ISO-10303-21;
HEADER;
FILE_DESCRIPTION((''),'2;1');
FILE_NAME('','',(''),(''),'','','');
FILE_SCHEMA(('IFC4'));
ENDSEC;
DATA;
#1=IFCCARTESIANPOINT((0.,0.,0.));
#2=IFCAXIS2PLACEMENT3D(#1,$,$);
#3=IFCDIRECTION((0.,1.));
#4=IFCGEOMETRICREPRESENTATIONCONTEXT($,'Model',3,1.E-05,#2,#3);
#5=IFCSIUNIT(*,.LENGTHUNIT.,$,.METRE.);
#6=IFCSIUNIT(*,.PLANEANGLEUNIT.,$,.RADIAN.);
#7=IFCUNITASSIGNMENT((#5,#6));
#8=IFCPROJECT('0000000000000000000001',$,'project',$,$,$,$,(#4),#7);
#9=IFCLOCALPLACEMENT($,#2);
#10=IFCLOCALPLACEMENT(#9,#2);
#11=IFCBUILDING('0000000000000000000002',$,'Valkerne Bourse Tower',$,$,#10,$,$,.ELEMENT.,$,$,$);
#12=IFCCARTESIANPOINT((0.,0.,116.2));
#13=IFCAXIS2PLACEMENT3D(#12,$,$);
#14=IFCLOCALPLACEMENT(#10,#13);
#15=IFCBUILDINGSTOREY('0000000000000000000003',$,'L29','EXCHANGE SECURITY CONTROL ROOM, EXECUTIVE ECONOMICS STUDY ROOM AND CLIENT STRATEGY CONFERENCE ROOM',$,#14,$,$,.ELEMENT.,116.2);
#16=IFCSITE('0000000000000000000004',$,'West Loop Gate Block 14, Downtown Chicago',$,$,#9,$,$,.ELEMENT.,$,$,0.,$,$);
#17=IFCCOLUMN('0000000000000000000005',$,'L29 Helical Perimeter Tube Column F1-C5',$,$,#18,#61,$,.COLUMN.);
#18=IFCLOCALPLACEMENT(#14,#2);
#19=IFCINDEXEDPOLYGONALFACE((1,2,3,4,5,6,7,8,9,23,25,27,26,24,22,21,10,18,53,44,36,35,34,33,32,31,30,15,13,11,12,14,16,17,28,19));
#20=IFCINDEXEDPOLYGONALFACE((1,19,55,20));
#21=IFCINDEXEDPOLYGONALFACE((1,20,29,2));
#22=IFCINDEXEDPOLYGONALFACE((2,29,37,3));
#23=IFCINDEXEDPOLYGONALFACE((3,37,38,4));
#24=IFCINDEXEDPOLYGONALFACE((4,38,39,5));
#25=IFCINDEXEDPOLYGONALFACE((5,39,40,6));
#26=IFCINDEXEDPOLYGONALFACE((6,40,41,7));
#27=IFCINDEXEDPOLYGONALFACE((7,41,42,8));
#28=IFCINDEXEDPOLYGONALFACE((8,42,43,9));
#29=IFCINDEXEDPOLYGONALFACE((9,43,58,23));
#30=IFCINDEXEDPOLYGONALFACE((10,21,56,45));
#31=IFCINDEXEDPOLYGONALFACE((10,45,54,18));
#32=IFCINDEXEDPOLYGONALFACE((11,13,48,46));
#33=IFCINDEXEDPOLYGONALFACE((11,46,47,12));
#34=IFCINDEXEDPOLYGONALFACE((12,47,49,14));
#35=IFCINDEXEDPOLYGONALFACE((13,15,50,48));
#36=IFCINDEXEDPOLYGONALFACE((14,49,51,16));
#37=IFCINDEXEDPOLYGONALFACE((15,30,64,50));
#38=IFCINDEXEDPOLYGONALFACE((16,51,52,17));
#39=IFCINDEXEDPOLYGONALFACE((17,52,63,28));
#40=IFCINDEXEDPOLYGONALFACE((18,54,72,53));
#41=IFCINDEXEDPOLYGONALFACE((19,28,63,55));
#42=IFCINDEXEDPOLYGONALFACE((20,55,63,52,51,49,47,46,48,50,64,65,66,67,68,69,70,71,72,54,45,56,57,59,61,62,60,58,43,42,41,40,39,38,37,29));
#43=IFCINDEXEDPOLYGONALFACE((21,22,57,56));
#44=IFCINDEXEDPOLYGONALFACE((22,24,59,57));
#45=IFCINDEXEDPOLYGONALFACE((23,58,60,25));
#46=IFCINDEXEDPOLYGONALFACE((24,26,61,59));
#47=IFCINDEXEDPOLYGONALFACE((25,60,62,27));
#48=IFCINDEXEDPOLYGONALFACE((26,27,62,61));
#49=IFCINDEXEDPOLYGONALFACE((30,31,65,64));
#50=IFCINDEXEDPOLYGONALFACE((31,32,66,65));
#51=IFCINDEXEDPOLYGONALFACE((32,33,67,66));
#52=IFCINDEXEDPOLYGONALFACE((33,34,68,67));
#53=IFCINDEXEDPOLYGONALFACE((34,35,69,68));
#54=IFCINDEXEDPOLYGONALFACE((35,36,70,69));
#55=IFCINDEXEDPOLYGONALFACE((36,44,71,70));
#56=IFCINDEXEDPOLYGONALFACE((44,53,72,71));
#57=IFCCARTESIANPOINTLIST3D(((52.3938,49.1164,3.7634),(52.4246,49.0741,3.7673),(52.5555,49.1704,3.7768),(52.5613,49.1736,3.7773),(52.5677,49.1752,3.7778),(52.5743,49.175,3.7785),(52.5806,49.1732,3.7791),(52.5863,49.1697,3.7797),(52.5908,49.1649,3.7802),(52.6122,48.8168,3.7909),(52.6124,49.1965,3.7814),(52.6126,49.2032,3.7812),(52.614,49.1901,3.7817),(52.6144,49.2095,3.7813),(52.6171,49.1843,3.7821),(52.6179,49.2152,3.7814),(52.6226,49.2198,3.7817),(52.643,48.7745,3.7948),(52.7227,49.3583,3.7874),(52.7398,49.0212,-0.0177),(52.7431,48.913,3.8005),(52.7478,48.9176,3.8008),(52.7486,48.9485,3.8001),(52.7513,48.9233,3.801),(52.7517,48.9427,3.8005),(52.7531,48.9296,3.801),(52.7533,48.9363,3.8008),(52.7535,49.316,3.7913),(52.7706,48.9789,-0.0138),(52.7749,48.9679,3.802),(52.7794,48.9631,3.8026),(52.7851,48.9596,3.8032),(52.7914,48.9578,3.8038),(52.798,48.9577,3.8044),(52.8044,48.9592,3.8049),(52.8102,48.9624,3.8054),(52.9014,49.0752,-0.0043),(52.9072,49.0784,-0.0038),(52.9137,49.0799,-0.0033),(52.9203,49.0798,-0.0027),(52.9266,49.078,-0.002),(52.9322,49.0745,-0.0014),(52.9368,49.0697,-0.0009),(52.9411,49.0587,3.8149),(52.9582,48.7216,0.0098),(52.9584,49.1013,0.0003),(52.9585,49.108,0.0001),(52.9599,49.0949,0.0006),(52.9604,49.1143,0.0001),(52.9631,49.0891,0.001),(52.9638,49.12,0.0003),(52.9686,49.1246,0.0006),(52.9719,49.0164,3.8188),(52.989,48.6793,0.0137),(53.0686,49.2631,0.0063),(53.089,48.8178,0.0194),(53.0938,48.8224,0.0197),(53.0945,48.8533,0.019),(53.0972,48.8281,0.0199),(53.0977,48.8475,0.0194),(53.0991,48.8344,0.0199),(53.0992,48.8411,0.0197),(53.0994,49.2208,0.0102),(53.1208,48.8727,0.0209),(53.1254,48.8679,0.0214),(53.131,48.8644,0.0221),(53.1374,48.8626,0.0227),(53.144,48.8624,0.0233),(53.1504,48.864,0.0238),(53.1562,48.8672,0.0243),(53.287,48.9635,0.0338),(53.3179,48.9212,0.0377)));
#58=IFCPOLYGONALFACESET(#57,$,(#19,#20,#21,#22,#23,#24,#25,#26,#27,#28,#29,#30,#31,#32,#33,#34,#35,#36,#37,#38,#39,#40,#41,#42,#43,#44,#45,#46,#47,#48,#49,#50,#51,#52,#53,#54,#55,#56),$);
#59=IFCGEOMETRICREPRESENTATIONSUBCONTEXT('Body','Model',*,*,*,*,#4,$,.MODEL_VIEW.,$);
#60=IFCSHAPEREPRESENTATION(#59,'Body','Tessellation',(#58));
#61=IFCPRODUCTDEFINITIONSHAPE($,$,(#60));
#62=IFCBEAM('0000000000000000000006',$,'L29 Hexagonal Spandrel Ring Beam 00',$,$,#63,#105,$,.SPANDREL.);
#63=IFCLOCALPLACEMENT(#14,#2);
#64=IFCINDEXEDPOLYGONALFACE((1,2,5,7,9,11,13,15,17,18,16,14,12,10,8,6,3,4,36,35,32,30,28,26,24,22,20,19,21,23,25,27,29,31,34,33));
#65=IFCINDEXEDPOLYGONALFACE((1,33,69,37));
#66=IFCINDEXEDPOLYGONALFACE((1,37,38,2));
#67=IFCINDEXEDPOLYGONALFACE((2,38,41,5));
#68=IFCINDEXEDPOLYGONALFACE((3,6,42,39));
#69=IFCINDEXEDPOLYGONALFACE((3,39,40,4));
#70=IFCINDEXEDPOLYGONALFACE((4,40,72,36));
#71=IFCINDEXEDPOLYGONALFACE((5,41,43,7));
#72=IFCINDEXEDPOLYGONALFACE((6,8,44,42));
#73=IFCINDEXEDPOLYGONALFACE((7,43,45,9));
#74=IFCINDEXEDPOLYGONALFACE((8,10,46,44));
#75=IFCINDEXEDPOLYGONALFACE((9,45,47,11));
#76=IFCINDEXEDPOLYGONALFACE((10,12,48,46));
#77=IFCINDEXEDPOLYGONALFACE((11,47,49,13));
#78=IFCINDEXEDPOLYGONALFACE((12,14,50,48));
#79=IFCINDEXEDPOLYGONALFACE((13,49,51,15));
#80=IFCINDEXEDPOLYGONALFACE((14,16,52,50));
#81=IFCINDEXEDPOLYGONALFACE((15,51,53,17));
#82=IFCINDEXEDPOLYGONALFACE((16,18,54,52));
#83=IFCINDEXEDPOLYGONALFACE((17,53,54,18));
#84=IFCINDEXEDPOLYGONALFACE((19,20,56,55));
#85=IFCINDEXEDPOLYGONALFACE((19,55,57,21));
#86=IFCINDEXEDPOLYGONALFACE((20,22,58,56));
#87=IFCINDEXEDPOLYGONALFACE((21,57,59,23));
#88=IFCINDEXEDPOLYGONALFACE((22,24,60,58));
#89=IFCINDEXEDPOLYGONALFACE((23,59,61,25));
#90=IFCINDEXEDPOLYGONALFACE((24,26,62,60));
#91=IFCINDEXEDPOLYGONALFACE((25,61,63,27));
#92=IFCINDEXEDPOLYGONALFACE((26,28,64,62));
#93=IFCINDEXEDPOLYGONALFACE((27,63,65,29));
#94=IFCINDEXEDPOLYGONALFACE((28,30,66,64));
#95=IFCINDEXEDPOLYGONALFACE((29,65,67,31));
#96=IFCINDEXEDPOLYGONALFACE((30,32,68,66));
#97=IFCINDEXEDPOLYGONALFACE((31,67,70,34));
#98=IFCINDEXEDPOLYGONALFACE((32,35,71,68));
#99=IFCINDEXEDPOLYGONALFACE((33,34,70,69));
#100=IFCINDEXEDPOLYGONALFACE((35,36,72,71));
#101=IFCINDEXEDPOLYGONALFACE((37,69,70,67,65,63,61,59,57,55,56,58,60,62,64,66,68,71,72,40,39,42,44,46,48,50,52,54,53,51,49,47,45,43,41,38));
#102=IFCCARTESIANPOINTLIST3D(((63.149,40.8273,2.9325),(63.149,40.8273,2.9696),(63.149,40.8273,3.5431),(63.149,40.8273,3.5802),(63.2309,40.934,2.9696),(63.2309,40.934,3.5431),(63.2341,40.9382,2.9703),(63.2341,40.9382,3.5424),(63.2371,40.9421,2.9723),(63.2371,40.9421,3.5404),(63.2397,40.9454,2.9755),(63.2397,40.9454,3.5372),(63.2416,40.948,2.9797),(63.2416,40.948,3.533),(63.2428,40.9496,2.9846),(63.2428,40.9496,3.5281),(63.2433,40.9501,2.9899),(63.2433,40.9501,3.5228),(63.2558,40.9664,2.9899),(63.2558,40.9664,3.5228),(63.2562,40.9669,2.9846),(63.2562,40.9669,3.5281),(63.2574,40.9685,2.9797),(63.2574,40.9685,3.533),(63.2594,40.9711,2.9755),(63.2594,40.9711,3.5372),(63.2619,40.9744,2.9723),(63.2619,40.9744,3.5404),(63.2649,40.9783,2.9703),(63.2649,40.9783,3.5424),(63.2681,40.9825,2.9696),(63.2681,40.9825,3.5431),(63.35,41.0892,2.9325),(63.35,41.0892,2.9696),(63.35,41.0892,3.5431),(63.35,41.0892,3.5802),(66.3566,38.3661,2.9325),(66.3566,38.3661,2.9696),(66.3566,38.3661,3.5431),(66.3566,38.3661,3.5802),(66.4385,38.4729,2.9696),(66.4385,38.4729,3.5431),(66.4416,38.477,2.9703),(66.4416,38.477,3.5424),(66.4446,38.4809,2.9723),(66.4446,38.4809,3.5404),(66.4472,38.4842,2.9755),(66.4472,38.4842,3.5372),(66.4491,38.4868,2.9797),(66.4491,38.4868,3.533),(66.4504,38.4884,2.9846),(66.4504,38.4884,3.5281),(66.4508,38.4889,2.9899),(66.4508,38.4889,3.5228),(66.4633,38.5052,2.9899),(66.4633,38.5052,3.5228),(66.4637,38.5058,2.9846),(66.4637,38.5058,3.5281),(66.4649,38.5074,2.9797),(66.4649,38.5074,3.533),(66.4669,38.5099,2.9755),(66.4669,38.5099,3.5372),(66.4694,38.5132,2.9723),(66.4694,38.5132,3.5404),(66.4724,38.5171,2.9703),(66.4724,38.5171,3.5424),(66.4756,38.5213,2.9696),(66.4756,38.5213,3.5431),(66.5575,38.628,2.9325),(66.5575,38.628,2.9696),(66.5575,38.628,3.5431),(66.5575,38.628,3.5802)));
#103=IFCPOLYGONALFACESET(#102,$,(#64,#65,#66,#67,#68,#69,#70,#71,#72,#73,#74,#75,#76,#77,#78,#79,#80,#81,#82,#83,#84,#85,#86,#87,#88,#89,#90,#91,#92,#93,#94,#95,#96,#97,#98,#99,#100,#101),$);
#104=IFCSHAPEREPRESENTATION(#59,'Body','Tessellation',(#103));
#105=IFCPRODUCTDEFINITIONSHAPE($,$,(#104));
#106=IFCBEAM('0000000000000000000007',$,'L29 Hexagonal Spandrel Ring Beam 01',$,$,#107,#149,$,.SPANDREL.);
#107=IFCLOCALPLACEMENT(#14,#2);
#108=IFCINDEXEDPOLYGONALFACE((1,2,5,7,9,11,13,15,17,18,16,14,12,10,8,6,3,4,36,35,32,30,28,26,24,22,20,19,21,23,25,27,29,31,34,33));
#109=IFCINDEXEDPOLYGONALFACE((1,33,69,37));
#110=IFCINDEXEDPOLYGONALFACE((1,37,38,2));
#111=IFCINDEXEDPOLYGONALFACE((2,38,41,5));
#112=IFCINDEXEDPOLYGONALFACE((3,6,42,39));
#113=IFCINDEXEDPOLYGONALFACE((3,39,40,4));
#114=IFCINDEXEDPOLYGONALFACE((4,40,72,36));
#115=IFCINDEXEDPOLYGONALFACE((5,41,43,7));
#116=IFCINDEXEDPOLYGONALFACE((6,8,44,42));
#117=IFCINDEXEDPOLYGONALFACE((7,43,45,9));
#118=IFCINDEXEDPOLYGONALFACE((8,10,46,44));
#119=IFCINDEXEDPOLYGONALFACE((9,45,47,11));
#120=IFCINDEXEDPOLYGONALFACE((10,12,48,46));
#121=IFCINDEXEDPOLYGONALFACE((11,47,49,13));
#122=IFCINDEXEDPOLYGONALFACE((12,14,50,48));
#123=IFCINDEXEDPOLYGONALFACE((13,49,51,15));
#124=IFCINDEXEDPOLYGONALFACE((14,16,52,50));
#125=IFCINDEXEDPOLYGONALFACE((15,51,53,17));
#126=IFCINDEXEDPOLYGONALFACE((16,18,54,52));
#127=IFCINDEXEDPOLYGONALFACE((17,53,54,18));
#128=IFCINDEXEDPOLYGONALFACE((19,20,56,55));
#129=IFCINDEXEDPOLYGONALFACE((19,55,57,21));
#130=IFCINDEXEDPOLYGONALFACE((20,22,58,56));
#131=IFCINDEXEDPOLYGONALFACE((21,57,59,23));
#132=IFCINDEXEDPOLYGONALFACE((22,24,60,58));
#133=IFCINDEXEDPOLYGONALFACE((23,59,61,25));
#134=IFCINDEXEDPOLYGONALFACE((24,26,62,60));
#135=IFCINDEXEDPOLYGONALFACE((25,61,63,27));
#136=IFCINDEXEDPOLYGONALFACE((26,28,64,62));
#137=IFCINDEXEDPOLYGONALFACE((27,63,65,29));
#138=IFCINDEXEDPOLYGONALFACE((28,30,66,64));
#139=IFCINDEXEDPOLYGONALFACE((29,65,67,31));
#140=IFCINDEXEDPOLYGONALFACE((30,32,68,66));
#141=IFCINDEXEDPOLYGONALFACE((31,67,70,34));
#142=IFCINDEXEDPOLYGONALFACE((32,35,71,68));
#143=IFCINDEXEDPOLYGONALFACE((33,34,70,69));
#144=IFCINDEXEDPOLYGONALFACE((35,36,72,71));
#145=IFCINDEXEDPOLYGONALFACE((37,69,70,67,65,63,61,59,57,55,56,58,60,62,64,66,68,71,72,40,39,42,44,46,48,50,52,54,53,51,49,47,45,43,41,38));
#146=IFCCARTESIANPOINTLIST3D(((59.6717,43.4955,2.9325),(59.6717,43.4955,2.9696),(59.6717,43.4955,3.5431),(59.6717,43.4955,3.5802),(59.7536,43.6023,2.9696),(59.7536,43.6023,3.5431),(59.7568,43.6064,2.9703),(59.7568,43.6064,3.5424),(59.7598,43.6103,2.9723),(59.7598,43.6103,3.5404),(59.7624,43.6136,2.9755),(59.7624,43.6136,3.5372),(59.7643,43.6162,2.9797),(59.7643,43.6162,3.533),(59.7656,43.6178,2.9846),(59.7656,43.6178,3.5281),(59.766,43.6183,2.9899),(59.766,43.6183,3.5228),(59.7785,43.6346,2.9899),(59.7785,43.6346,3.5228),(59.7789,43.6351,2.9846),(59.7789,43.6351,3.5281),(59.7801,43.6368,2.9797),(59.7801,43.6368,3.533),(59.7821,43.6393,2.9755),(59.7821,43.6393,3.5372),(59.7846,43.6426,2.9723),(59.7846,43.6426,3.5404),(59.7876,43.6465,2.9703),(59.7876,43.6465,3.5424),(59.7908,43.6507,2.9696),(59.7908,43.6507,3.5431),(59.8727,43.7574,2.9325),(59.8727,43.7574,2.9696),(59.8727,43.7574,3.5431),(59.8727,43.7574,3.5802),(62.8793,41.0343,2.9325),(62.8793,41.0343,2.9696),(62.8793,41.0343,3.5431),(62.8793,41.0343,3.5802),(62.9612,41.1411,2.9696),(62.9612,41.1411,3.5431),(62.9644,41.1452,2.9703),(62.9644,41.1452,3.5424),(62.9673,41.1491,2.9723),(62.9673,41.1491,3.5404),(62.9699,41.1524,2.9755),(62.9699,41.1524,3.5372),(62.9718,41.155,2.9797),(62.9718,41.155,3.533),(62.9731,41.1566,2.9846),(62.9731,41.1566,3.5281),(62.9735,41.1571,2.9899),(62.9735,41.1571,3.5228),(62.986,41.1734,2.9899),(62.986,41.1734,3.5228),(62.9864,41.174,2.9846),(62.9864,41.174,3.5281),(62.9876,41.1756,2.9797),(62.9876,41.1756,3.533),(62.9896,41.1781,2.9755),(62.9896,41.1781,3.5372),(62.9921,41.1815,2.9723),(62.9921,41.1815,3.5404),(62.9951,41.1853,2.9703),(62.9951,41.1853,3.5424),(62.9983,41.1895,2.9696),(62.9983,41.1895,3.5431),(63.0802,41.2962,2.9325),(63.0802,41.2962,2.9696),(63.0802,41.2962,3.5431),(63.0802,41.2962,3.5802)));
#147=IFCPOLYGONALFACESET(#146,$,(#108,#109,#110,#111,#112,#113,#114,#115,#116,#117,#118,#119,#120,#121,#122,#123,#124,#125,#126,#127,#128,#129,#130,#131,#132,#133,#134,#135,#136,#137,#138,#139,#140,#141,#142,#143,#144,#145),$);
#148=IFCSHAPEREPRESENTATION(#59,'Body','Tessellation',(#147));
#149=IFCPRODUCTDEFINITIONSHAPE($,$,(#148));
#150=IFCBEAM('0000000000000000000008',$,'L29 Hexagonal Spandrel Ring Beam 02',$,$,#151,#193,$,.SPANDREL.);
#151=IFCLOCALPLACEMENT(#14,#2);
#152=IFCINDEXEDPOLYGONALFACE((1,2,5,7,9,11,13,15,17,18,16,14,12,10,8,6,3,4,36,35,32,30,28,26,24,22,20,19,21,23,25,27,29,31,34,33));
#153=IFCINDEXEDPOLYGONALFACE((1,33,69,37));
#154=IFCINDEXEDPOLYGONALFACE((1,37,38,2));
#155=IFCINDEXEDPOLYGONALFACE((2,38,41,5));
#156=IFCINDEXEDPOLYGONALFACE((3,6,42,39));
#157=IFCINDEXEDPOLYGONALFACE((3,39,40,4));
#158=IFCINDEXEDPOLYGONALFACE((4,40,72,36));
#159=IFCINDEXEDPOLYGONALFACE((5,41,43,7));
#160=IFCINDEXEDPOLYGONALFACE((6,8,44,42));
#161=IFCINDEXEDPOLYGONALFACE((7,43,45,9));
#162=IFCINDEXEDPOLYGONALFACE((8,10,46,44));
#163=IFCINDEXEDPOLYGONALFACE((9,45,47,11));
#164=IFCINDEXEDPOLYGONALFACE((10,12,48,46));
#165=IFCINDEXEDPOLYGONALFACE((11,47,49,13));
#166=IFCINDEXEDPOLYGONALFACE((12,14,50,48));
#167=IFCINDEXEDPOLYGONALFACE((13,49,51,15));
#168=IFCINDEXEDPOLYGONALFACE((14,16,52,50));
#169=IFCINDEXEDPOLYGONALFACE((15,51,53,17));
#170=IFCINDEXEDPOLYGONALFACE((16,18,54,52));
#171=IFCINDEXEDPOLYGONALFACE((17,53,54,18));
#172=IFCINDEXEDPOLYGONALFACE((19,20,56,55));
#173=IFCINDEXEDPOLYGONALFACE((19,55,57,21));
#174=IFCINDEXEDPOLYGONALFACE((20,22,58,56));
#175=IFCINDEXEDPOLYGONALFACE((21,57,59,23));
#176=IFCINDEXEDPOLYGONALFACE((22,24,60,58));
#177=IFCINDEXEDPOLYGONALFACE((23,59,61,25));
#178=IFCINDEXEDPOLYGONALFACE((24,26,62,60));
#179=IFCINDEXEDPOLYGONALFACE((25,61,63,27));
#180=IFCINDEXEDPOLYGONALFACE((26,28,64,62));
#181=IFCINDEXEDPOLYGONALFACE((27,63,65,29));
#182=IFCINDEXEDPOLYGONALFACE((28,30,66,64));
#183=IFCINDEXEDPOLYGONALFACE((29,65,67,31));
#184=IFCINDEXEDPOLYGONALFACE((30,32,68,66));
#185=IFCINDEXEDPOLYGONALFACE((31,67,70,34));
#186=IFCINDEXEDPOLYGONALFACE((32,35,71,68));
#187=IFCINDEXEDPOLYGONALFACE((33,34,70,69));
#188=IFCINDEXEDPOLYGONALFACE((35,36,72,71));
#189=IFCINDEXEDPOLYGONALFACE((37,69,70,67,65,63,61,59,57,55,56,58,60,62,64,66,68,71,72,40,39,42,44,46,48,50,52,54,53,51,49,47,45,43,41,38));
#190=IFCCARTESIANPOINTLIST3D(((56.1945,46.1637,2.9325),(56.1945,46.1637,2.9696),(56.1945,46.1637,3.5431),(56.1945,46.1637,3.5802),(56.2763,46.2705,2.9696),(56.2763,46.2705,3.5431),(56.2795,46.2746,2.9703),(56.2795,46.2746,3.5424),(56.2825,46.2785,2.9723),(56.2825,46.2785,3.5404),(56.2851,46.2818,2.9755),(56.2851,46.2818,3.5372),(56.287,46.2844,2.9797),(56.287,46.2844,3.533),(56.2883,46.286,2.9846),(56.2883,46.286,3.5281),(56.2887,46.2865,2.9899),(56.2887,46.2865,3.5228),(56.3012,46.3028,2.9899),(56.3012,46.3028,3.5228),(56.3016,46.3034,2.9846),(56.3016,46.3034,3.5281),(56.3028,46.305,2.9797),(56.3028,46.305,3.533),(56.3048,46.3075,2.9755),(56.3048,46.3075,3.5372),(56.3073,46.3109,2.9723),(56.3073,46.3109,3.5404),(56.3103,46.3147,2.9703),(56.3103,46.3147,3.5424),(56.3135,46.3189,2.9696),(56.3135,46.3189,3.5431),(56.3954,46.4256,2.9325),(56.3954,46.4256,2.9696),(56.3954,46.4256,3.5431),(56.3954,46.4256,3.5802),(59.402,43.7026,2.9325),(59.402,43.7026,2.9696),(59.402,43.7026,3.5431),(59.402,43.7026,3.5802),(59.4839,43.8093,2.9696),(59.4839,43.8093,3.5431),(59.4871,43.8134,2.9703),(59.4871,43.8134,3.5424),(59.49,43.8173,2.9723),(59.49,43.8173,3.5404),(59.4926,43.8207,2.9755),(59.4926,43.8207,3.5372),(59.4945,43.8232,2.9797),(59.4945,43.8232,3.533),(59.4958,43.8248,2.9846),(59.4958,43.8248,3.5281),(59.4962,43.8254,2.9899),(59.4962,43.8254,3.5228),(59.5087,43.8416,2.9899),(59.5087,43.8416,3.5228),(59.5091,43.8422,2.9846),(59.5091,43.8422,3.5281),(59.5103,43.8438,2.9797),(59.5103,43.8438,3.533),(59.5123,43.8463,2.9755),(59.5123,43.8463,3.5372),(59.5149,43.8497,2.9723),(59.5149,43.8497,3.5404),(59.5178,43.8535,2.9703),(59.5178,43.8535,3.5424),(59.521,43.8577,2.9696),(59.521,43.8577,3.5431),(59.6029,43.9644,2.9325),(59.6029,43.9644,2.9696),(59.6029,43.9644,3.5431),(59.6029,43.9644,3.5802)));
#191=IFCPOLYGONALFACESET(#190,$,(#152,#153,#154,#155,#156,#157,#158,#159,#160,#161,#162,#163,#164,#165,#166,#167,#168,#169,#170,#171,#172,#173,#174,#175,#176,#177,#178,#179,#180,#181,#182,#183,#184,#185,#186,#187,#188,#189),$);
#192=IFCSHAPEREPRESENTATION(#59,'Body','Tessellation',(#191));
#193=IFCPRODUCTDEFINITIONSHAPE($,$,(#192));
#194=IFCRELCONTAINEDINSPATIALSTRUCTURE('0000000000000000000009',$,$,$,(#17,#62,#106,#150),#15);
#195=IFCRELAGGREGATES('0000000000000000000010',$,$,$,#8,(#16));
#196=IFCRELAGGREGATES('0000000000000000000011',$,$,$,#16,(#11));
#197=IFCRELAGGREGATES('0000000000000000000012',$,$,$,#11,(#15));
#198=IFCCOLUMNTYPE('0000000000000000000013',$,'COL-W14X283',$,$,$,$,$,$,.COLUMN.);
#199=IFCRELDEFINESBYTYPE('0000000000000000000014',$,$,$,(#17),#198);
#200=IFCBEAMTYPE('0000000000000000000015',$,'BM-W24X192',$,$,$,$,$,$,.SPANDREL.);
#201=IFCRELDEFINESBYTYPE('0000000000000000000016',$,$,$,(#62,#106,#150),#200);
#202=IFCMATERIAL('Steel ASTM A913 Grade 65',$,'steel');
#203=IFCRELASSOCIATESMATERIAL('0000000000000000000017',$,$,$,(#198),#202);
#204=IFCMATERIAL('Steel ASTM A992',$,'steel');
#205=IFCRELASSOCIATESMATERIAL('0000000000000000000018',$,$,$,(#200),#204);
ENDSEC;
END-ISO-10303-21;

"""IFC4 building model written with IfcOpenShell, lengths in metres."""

from ifc_helpers import new_model, si_unit, direction, frame, origin, origin_2d, place, context, subcontext, project, spatial, i_section, extrude, material, material_profile, profile_set, type_object, element, save


model = new_model("IFC4")

# Units and contexts
model_context = context("Model", 3, precision=1e-05, world=origin(), true_north=direction((0.0, 1.0)))
body_context = subcontext(model_context, "Body", "Model", "MODEL_VIEW")
ifc_project = project(units=[si_unit("LENGTHUNIT", "METRE"), si_unit("PLANEANGLEUNIT", "RADIAN")], contexts=[model_context])

# Site, building, storey
site_placement = place(None, origin())
site = spatial("IfcSite", under=ifc_project, at=site_placement, Name="West Loop Gate Block 14, Downtown Chicago", CompositionType="ELEMENT", RefElevation=0.0)
building_placement = place(site_placement, origin())
building = spatial("IfcBuilding", under=site, at=building_placement, Name="Valkerne Bourse Tower", CompositionType="ELEMENT")
storey_placement = place(building_placement, frame((0.0, 0.0, 116.2)))
storey = spatial("IfcBuildingStorey", under=building, at=storey_placement, Name="L29", Description="EXCHANGE SECURITY CONTROL ROOM, EXECUTIVE ECONOMICS STUDY ROOM AND CLIENT STRATEGY CONFERENCE ROOM", CompositionType="ELEMENT", Elevation=116.2)

# Column
ifc_material_1 = material(Name="Steel ASTM A913 Grade 65", Category="steel")
ifc_material_profile_1 = material_profile(ifc_material_1, i_section(OverallWidth=0.4089, OverallDepth=0.4243, WebThickness=0.0327, FlangeThickness=0.0525, FilletRadius=0.0254, at=origin_2d()), Name="W14X283")
ifc_profile_set_1 = profile_set([ifc_material_profile_1], Name="Steel ASTM A913 Grade 65")
column_type = type_object("IfcColumnType", Name="COL-W14X283", PredefinedType="COLUMN", material=ifc_profile_set_1)
column_1_placement = place(storey_placement, frame((53.0288, 48.9712, 0.01), z_axis=(-0.091087, 0.02507, 0.995527), x_axis=(0.804163, 0.591505, 0.058682)))
element("IfcColumn", 1, at=column_1_placement, inside=storey, type_object=column_type, Name="L29 Helical Perimeter Tube Column F1-C5", PredefinedType="COLUMN", context=body_context, shape_type="SweptSolid", body=[
    extrude(i_section(OverallWidth=0.4089, OverallDepth=0.4243, WebThickness=0.0327, FlangeThickness=0.0525, FilletRadius=0.0254, at=origin_2d()), origin(), (0.0, 0.0, 1.0), 3.7981),
])

# Beams
ifc_material_2 = material(Name="Steel ASTM A992", Category="steel")
ifc_material_profile_2 = material_profile(ifc_material_2, i_section(OverallWidth=0.3301, OverallDepth=0.6477, WebThickness=0.0205, FlangeThickness=0.0371, FilletRadius=0.0203, at=origin_2d()), Name="W24X192")
ifc_profile_set_2 = profile_set([ifc_material_profile_2], Name="Steel ASTM A992")
beam_type = type_object("IfcBeamType", Name="BM-W24X192", PredefinedType="SPANDREL", material=ifc_profile_set_2)
for number, where, z_axis, x_axis, name in (
    (2, (66.457, 38.4971, 3.2563), (-0.793357, 0.608756, 0.0), (-0.608756, -0.793357, 0.0), "L29 Hexagonal Spandrel Ring Beam 00"),
    (3, (62.9797, 41.1653, 3.2563), (-0.793357, 0.608756, 0.0), (-0.608756, -0.793357, 0.0), "L29 Hexagonal Spandrel Ring Beam 01"),
    (4, (59.5024, 43.8335, 3.2563), (-0.793357, 0.608756, 0.0), (-0.608756, -0.793357, 0.0), "L29 Hexagonal Spandrel Ring Beam 02"),
):
    element("IfcBeam", number, at=place(storey_placement, frame(where, z_axis=z_axis, x_axis=x_axis)), inside=storey, type_object=beam_type, Name=name, PredefinedType="SPANDREL", context=body_context, shape_type="SweptSolid", body=[
        extrude(i_section(OverallWidth=0.3301, OverallDepth=0.6477, WebThickness=0.0205, FlangeThickness=0.0371, FilletRadius=0.0203, at=origin_2d()), origin(), (0.0, 0.0, 1.0), 4.043),
    ])

save(model, "model.ifc")
